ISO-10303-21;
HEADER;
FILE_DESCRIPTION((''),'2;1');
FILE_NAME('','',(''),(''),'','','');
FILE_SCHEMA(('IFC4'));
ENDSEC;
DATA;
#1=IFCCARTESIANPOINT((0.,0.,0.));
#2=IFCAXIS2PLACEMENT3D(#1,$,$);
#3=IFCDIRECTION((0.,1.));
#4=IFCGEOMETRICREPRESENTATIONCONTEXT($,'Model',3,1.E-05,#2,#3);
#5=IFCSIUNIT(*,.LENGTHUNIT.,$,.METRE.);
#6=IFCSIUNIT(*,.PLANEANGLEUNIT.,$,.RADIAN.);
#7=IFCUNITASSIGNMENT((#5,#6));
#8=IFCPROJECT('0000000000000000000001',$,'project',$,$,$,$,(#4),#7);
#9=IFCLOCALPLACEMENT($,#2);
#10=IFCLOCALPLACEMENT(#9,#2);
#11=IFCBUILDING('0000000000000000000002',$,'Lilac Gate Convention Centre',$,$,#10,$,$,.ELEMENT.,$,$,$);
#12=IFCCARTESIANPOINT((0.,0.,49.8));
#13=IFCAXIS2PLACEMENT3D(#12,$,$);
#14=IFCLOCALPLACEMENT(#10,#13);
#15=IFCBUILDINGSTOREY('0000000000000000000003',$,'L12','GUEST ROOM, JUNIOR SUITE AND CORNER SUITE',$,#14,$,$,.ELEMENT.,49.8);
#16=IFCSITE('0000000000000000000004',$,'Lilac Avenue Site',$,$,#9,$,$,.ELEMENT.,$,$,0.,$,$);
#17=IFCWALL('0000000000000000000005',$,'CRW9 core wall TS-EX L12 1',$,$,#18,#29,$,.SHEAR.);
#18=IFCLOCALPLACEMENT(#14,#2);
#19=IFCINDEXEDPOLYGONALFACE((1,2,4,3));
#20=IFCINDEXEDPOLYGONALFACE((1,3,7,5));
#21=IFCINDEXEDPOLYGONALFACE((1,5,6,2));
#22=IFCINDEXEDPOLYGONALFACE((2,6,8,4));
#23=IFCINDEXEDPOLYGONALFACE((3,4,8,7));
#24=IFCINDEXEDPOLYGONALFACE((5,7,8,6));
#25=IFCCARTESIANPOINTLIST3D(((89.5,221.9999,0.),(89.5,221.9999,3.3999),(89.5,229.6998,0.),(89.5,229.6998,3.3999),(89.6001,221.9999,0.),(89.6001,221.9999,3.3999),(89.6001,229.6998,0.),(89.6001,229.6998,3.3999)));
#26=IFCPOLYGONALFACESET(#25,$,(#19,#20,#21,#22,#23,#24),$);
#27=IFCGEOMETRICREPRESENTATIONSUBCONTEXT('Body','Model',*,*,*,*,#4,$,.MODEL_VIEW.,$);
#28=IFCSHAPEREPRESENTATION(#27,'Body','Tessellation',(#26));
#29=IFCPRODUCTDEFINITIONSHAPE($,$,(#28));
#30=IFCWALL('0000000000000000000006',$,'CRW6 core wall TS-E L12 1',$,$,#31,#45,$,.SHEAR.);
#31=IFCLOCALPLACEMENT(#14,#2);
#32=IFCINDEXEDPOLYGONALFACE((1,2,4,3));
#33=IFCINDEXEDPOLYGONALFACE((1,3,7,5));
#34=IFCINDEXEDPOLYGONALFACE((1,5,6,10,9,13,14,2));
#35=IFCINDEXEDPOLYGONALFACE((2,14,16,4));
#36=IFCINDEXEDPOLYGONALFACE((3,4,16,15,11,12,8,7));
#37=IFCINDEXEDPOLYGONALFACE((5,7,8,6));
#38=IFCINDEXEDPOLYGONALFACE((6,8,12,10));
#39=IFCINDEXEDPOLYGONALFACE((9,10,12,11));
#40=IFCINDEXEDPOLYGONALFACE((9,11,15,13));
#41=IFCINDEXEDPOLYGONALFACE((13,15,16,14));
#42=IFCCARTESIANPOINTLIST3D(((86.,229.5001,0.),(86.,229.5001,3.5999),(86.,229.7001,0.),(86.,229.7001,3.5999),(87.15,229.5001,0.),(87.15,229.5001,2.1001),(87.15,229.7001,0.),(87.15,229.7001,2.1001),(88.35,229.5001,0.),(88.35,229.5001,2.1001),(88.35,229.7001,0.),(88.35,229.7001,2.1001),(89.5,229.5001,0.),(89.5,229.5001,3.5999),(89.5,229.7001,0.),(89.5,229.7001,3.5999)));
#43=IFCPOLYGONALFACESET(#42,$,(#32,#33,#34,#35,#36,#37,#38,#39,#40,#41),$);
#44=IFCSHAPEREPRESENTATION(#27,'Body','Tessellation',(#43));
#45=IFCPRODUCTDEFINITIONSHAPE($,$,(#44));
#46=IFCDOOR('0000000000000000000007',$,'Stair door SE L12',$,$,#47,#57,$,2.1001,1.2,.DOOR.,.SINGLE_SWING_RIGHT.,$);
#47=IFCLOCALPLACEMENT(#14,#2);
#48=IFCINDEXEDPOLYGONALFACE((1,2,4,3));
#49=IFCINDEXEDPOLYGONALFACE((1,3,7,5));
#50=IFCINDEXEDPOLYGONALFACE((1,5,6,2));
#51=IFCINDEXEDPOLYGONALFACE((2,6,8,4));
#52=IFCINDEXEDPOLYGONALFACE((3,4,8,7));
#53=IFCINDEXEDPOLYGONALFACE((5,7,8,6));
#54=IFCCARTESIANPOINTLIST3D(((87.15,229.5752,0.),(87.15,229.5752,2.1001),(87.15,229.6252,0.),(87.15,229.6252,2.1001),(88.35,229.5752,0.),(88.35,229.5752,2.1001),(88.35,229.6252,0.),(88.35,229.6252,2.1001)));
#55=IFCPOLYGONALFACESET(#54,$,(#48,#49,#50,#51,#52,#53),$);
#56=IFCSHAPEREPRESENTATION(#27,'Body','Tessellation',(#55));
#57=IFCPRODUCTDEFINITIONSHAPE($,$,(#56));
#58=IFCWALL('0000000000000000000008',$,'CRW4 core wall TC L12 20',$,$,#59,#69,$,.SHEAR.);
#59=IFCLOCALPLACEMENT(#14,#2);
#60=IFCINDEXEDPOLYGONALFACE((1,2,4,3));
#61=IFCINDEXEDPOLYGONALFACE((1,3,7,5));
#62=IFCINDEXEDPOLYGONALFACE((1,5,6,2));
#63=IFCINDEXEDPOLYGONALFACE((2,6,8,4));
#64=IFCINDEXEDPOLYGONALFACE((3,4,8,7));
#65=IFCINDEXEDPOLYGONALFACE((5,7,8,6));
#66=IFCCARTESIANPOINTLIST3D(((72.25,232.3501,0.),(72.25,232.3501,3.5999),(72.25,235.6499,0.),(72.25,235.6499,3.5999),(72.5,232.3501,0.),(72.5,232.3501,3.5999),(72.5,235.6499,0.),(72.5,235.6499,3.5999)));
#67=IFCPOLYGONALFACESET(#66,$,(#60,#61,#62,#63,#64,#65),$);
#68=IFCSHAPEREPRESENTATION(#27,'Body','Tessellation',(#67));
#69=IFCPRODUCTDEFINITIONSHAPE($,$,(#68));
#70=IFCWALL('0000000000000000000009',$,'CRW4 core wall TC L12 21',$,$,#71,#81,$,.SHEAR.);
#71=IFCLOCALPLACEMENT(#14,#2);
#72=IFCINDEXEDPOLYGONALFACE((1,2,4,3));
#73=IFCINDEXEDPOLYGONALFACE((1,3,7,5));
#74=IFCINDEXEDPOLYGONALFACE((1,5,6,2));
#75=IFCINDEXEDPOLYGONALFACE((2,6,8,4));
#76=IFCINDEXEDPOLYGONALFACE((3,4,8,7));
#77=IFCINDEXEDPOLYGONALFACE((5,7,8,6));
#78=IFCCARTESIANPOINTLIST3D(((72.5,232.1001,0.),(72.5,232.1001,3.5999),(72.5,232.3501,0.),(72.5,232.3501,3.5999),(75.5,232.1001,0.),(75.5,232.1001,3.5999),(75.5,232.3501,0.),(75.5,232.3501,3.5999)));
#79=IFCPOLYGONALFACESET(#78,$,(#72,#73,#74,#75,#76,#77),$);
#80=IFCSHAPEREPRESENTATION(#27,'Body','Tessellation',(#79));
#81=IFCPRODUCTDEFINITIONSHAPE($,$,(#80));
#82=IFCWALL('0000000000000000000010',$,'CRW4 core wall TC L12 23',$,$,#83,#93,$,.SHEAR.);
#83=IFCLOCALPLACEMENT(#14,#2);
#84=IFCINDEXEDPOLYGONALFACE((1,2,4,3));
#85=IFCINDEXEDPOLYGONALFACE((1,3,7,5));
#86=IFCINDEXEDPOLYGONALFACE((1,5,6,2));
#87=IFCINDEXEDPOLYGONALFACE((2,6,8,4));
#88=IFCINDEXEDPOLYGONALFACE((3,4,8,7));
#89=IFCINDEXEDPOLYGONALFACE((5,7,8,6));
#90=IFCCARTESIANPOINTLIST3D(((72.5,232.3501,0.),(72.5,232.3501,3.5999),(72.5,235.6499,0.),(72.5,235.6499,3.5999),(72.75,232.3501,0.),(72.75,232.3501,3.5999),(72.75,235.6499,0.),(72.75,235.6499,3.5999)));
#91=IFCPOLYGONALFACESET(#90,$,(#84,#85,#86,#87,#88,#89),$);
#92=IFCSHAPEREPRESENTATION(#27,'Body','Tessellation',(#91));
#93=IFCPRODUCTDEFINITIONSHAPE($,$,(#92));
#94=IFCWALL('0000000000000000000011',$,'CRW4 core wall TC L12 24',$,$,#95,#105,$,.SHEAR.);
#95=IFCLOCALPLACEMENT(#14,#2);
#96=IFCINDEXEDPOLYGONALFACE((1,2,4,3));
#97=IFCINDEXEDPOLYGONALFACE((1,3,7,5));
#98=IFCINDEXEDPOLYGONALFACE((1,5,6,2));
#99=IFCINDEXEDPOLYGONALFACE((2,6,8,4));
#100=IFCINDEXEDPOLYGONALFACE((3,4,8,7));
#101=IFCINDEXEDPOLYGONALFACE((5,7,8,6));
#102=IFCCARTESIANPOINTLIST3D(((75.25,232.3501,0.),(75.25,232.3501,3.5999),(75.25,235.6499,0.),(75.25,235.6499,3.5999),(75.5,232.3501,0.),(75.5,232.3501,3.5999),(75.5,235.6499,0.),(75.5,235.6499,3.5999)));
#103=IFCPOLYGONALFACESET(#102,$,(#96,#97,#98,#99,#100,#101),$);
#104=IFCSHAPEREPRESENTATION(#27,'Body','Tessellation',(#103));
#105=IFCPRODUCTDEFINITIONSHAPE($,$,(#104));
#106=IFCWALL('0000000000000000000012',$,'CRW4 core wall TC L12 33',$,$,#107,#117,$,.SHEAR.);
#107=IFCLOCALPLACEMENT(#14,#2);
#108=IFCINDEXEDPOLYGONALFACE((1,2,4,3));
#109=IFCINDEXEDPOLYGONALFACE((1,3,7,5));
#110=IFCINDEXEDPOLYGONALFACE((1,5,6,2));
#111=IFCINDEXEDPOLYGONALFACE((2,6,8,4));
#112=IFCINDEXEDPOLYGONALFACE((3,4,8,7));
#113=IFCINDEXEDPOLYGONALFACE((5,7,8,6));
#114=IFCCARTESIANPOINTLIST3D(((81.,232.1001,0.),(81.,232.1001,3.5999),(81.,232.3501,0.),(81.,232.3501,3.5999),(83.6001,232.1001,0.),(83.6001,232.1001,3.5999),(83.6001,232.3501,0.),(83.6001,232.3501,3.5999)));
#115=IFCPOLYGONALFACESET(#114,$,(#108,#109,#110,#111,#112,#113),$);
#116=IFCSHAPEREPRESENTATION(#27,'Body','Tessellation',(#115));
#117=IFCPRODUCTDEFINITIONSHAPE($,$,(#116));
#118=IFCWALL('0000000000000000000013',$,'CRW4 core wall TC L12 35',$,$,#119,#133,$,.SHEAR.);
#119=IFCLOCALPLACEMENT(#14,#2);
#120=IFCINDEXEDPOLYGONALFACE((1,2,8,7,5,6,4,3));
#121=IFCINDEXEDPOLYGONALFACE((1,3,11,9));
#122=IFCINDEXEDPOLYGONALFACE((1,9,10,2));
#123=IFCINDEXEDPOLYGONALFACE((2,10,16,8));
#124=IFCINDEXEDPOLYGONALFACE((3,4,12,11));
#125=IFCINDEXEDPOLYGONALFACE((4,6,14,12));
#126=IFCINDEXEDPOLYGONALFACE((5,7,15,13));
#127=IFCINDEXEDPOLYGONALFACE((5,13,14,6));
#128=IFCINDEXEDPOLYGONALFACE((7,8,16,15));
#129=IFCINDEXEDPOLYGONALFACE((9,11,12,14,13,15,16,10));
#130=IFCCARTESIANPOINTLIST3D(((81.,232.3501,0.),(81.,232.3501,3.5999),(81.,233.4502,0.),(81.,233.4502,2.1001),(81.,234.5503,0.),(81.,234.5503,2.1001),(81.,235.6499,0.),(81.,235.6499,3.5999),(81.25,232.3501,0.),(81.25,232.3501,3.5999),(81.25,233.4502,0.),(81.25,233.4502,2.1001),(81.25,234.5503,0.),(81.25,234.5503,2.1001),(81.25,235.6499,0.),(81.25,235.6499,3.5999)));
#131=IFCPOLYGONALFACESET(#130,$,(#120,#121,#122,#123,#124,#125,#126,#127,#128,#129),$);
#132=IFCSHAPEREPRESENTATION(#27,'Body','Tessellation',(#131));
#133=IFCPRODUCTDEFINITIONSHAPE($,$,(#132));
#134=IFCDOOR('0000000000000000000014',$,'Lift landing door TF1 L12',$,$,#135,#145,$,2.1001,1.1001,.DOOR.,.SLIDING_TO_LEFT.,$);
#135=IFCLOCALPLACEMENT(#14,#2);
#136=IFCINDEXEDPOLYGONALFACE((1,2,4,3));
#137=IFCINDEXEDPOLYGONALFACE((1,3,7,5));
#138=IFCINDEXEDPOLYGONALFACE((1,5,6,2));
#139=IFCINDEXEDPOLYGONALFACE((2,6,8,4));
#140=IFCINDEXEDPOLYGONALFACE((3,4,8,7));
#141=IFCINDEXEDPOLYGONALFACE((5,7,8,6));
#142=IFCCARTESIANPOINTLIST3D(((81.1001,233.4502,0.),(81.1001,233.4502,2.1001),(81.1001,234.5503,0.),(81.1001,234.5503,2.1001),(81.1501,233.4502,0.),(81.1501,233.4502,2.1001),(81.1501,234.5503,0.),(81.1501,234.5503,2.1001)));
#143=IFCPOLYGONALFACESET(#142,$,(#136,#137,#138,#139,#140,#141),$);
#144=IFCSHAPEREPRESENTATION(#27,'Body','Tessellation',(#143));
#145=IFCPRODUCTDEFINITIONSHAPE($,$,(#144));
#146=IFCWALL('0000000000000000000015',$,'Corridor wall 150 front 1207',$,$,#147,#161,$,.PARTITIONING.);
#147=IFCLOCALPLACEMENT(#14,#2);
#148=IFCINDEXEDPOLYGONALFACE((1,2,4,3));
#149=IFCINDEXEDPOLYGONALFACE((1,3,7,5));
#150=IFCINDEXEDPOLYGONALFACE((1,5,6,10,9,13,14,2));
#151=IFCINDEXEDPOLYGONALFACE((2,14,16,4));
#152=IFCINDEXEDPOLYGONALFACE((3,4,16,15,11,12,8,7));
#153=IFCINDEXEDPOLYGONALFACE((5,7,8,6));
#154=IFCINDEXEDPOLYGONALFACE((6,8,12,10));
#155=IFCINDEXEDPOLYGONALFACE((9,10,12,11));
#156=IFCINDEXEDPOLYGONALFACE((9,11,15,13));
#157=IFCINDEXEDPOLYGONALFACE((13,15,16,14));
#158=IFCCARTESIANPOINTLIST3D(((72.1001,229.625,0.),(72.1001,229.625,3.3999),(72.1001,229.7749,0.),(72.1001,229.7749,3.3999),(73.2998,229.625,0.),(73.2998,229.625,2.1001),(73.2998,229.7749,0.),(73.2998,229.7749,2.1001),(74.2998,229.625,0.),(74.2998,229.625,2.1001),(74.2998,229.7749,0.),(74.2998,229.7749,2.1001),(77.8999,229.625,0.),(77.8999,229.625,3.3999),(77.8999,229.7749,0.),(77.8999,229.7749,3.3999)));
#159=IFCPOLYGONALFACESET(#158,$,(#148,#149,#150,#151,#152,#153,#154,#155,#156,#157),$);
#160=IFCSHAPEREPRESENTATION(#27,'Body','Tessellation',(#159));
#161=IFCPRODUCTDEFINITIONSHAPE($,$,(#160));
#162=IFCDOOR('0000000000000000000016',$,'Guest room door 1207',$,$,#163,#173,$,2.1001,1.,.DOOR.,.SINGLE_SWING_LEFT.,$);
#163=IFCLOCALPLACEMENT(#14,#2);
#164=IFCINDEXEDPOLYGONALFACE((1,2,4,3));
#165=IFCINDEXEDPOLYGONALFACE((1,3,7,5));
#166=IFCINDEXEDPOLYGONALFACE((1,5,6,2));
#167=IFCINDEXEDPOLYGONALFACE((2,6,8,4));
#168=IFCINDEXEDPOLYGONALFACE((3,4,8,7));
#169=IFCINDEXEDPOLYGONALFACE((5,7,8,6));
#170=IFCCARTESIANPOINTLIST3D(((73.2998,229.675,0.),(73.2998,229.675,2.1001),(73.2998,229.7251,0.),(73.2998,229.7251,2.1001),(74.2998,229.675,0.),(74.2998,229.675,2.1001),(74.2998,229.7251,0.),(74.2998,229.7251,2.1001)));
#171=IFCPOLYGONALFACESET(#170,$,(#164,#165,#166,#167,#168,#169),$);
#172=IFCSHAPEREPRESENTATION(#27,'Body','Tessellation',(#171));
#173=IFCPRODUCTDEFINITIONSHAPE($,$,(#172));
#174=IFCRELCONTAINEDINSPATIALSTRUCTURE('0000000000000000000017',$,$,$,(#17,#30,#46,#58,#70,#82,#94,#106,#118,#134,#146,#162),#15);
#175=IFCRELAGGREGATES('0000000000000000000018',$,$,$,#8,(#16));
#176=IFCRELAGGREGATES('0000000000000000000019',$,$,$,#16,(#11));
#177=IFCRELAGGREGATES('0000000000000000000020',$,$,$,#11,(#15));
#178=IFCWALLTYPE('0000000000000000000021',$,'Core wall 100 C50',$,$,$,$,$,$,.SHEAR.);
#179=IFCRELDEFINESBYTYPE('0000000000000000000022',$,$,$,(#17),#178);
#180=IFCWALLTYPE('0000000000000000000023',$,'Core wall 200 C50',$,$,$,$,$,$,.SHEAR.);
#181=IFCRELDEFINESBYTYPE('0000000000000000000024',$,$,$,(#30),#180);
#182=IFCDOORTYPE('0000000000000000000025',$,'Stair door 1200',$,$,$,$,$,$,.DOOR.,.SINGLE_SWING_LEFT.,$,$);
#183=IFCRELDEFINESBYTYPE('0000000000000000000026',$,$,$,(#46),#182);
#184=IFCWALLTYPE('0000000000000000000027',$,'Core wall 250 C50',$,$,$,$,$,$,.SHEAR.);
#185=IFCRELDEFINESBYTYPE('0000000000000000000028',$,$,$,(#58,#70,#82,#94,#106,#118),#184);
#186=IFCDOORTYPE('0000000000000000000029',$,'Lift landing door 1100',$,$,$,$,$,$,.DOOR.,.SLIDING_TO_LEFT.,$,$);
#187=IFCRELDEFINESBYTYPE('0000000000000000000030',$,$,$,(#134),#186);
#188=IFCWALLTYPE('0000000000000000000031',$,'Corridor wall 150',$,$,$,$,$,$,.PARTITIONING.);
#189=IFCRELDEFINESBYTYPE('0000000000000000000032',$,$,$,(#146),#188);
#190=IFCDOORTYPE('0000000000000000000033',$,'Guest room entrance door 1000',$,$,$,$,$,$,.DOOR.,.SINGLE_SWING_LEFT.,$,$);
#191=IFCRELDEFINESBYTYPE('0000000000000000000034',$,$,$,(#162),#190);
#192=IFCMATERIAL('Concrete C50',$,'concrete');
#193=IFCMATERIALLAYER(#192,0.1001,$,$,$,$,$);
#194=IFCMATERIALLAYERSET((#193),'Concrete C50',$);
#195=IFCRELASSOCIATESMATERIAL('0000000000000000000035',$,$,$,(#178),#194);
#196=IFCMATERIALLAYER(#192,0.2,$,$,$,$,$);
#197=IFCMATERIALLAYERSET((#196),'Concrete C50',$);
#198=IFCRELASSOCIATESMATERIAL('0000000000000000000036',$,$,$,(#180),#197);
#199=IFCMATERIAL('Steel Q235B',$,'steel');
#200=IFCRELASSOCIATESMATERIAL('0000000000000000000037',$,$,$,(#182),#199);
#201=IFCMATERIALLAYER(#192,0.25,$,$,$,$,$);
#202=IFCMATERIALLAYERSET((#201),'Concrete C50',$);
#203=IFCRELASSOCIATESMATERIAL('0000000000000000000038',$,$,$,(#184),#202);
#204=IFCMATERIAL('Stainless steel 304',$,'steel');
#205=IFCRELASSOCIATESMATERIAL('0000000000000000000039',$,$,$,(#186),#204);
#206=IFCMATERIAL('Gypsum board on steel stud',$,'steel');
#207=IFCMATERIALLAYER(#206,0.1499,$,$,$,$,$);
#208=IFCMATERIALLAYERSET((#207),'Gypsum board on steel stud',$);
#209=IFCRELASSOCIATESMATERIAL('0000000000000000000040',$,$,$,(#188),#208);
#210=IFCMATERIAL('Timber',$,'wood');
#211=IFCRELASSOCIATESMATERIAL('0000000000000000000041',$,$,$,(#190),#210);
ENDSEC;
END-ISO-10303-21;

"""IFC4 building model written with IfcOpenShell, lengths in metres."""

from ifc_helpers import new_model, si_unit, direction, frame, frame_2d, origin, place, context, subcontext, project, spatial, rectangle, extrude, material, layer, layer_set, type_object, element, fill, save


model = new_model("IFC4")

# Units and contexts
model_context = context("Model", 3, precision=1e-05, world=origin(), true_north=direction((0.0, 1.0)))
body_context = subcontext(model_context, "Body", "Model", "MODEL_VIEW")
ifc_project = project(units=[si_unit("LENGTHUNIT", "METRE"), si_unit("PLANEANGLEUNIT", "RADIAN")], contexts=[model_context])

# Site, building, storey
site_placement = place(None, origin())
site = spatial("IfcSite", under=ifc_project, at=site_placement, Name="Lilac Avenue Site", CompositionType="ELEMENT", RefElevation=0.0)
building_placement = place(site_placement, origin())
building = spatial("IfcBuilding", under=site, at=building_placement, Name="Lilac Gate Convention Centre", CompositionType="ELEMENT")
storey_placement = place(building_placement, frame((0.0, 0.0, 49.8)))
storey = spatial("IfcBuildingStorey", under=building, at=storey_placement, Name="L12", Description="GUEST ROOM, JUNIOR SUITE AND CORNER SUITE", CompositionType="ELEMENT", Elevation=49.8)

# Wall
ifc_material_1 = material(Name="Concrete C50", Category="concrete")
ifc_layer_1 = layer(ifc_material_1, 0.1001)
ifc_layer_set_1 = layer_set([ifc_layer_1], Name="Concrete C50")
wall_type_1 = type_object("IfcWallType", Name="Core wall 100 C50", PredefinedType="SHEAR", material=ifc_layer_set_1)
wall_1_placement = place(storey_placement, frame((89.55, 229.7, 0.0), z_axis=(0.0, 0.0, 1.0), x_axis=(0.0, -1.0, 0.0)))
element("IfcWall", 1, at=wall_1_placement, inside=storey, type_object=wall_type_1, Name="CRW9 core wall TS-EX L12 1", PredefinedType="SHEAR", context=body_context, shape_type="SweptSolid", body=[
    extrude(rectangle(XDim=7.7, YDim=0.1001, at=frame_2d((3.8501, 0.0))), origin(), (0.0, 0.0, 1.0), 3.3999),
])

# Wall, opening, door
ifc_layer_2 = layer(ifc_material_1, 0.2)
ifc_layer_set_2 = layer_set([ifc_layer_2], Name="Concrete C50")
wall_type_2 = type_object("IfcWallType", Name="Core wall 200 C50", PredefinedType="SHEAR", material=ifc_layer_set_2)
wall_2_placement = place(storey_placement, frame((89.5, 229.6001, 0.0), z_axis=(0.0, 0.0, 1.0), x_axis=(-1.0, 0.0, 0.0)))
wall_2 = element("IfcWall", 2, at=wall_2_placement, inside=storey, type_object=wall_type_2, Name="CRW6 core wall TS-E L12 1", PredefinedType="SHEAR", context=body_context, shape_type="SweptSolid", body=[
    extrude(rectangle(XDim=3.5, YDim=0.2, at=frame_2d((1.75, 0.0))), origin(), (0.0, 0.0, 1.0), 3.5999),
])
opening_1_placement = place(wall_2_placement, frame((1.1499, 0.0, 0.0)))
opening_1 = element("IfcOpeningElement", 3, at=opening_1_placement, cuts=wall_2, PredefinedType="OPENING", context=body_context, shape_type="SweptSolid", body=[
    extrude(rectangle(XDim=1.2, YDim=2.1001, at=frame_2d((0.6001, 1.05))), frame((0.0, 0.1099, 0.0), z_axis=(0.0, -1.0, 0.0), x_axis=(1.0, 0.0, 0.0)), (0.0, 0.0, 1.0), 0.22),
])
ifc_material_2 = material(Name="Steel Q235B", Category="steel")
door_type_1 = type_object("IfcDoorType", Name="Stair door 1200", OperationType="SINGLE_SWING_LEFT", PredefinedType="DOOR", material=ifc_material_2)
door_1_placement = place(opening_1_placement, origin())
door_1 = element("IfcDoor", 4, at=door_1_placement, inside=storey, type_object=door_type_1, Name="Stair door SE L12", OperationType="SINGLE_SWING_RIGHT", OverallHeight=2.1001, OverallWidth=1.2, PredefinedType="DOOR", context=body_context, shape_type="SweptSolid", body=[
    extrude(rectangle(XDim=1.2, YDim=2.1001, at=frame_2d((0.6001, 1.05))), frame((0.0, 0.0249, 0.0), z_axis=(0.0, -1.0, 0.0), x_axis=(1.0, 0.0, 0.0)), (0.0, 0.0, 1.0), 0.05),
])
fill(opening_1, door_1)

# Walls
ifc_layer_3 = layer(ifc_material_1, 0.25)
ifc_layer_set_3 = layer_set([ifc_layer_3], Name="Concrete C50")
wall_type_3 = type_object("IfcWallType", Name="Core wall 250 C50", PredefinedType="SHEAR", material=ifc_layer_set_3)
wall_3_placement = place(storey_placement, frame((72.375, 232.3501, 0.0), z_axis=(0.0, 0.0, 1.0), x_axis=(0.0, 1.0, 0.0)))
element("IfcWall", 5, at=wall_3_placement, inside=storey, type_object=wall_type_3, Name="CRW4 core wall TC L12 20", PredefinedType="SHEAR", context=body_context, shape_type="SweptSolid", body=[
    extrude(rectangle(XDim=3.2998, YDim=0.25, at=frame_2d((1.6499, 0.0))), origin(), (0.0, 0.0, 1.0), 3.5999),
])
wall_4_placement = place(storey_placement, frame((72.5, 232.2251, 0.0), z_axis=(0.0, 0.0, 1.0), x_axis=(1.0, 0.0, 0.0)))
element("IfcWall", 6, at=wall_4_placement, inside=storey, type_object=wall_type_3, Name="CRW4 core wall TC L12 21", PredefinedType="SHEAR", context=body_context, shape_type="SweptSolid", body=[
    extrude(rectangle(XDim=3.0, YDim=0.25, at=frame_2d((1.5, 0.0))), origin(), (0.0, 0.0, 1.0), 3.5999),
])
for number, where, z_axis, x_axis, name in (
    (7, (72.625, 232.3501, 0.0), (0.0, 0.0, 1.0), (0.0, 1.0, 0.0), "CRW4 core wall TC L12 23"),
    (8, (75.375, 232.3501, 0.0), (0.0, 0.0, 1.0), (0.0, 1.0, 0.0), "CRW4 core wall TC L12 24"),
):
    element("IfcWall", number, at=place(storey_placement, frame(where, z_axis=z_axis, x_axis=x_axis)), inside=storey, type_object=wall_type_3, Name=name, PredefinedType="SHEAR", context=body_context, shape_type="SweptSolid", body=[
        extrude(rectangle(XDim=3.2998, YDim=0.25, at=frame_2d((1.6499, 0.0))), origin(), (0.0, 0.0, 1.0), 3.5999),
    ])
wall_5_placement = place(storey_placement, frame((81.0, 232.2251, 0.0), z_axis=(0.0, 0.0, 1.0), x_axis=(1.0, 0.0, 0.0)))
element("IfcWall", 9, at=wall_5_placement, inside=storey, type_object=wall_type_3, Name="CRW4 core wall TC L12 33", PredefinedType="SHEAR", context=body_context, shape_type="SweptSolid", body=[
    extrude(rectangle(XDim=2.6001, YDim=0.25, at=frame_2d((1.3, 0.0))), origin(), (0.0, 0.0, 1.0), 3.5999),
])

# Walls, openings, doors
wall_6_placement = place(storey_placement, frame((81.125, 232.3501, 0.0), z_axis=(0.0, 0.0, 1.0), x_axis=(0.0, 1.0, 0.0)))
wall_6 = element("IfcWall", 10, at=wall_6_placement, inside=storey, type_object=wall_type_3, Name="CRW4 core wall TC L12 35", PredefinedType="SHEAR", context=body_context, shape_type="SweptSolid", body=[
    extrude(rectangle(XDim=3.2998, YDim=0.25, at=frame_2d((1.6499, 0.0))), origin(), (0.0, 0.0, 1.0), 3.5999),
])
opening_2_placement = place(wall_6_placement, frame((1.1001, 0.0, 0.0)))
opening_2 = element("IfcOpeningElement", 11, at=opening_2_placement, cuts=wall_6, PredefinedType="OPENING", context=body_context, shape_type="SweptSolid", body=[
    extrude(rectangle(XDim=1.1001, YDim=2.1001, at=frame_2d((0.55, 1.05))), frame((0.0, 0.135, 0.0), z_axis=(0.0, -1.0, 0.0), x_axis=(1.0, 0.0, 0.0)), (0.0, 0.0, 1.0), 0.27),
])
ifc_material_3 = material(Name="Stainless steel 304", Category="steel")
door_type_2 = type_object("IfcDoorType", Name="Lift landing door 1100", OperationType="SLIDING_TO_LEFT", PredefinedType="DOOR", material=ifc_material_3)
door_2_placement = place(opening_2_placement, origin())
door_2 = element("IfcDoor", 12, at=door_2_placement, inside=storey, type_object=door_type_2, Name="Lift landing door TF1 L12", OperationType="SLIDING_TO_LEFT", OverallHeight=2.1001, OverallWidth=1.1001, PredefinedType="DOOR", context=body_context, shape_type="SweptSolid", body=[
    extrude(rectangle(XDim=1.1001, YDim=2.1001, at=frame_2d((0.55, 1.05))), frame((0.0, 0.0249, 0.0), z_axis=(0.0, -1.0, 0.0), x_axis=(1.0, 0.0, 0.0)), (0.0, 0.0, 1.0), 0.05),
])
fill(opening_2, door_2)
ifc_material_4 = material(Name="Gypsum board on steel stud", Category="steel")
ifc_layer_4 = layer(ifc_material_4, 0.1499)
ifc_layer_set_4 = layer_set([ifc_layer_4], Name="Gypsum board on steel stud")
wall_type_4 = type_object("IfcWallType", Name="Corridor wall 150", PredefinedType="PARTITIONING", material=ifc_layer_set_4)
wall_7_placement = place(storey_placement, frame((77.8999, 229.7, 0.0), z_axis=(0.0, 0.0, 1.0), x_axis=(-1.0, 0.0, 0.0)))
wall_7 = element("IfcWall", 13, at=wall_7_placement, inside=storey, type_object=wall_type_4, Name="Corridor wall 150 front 1207", PredefinedType="PARTITIONING", context=body_context, shape_type="SweptSolid", body=[
    extrude(rectangle(XDim=5.7998, YDim=0.1499, at=frame_2d((2.8999, 0.0))), origin(), (0.0, 0.0, 1.0), 3.3999),
])
opening_3_placement = place(wall_7_placement, frame((3.6001, 0.0, 0.0)))
opening_3 = element("IfcOpeningElement", 14, at=opening_3_placement, cuts=wall_7, PredefinedType="OPENING", context=body_context, shape_type="SweptSolid", body=[
    extrude(rectangle(XDim=1.0, YDim=2.1001, at=frame_2d((0.5, 1.05))), frame((0.0, 0.085, 0.0), z_axis=(0.0, -1.0, 0.0), x_axis=(1.0, 0.0, 0.0)), (0.0, 0.0, 1.0), 0.1699),
])
ifc_material_5 = material(Name="Timber", Category="wood")
door_type_3 = type_object("IfcDoorType", Name="Guest room entrance door 1000", OperationType="SINGLE_SWING_LEFT", PredefinedType="DOOR", material=ifc_material_5)
door_3_placement = place(opening_3_placement, origin())
door_3 = element("IfcDoor", 15, at=door_3_placement, inside=storey, type_object=door_type_3, Name="Guest room door 1207", OperationType="SINGLE_SWING_LEFT", OverallHeight=2.1001, OverallWidth=1.0, PredefinedType="DOOR", context=body_context, shape_type="SweptSolid", body=[
    extrude(rectangle(XDim=1.0, YDim=2.1001, at=frame_2d((0.5, 1.05))), frame((0.0, 0.0249, 0.0), z_axis=(0.0, -1.0, 0.0), x_axis=(1.0, 0.0, 0.0)), (0.0, 0.0, 1.0), 0.05),
])
fill(opening_3, door_3)

save(model, "model.ifc")
